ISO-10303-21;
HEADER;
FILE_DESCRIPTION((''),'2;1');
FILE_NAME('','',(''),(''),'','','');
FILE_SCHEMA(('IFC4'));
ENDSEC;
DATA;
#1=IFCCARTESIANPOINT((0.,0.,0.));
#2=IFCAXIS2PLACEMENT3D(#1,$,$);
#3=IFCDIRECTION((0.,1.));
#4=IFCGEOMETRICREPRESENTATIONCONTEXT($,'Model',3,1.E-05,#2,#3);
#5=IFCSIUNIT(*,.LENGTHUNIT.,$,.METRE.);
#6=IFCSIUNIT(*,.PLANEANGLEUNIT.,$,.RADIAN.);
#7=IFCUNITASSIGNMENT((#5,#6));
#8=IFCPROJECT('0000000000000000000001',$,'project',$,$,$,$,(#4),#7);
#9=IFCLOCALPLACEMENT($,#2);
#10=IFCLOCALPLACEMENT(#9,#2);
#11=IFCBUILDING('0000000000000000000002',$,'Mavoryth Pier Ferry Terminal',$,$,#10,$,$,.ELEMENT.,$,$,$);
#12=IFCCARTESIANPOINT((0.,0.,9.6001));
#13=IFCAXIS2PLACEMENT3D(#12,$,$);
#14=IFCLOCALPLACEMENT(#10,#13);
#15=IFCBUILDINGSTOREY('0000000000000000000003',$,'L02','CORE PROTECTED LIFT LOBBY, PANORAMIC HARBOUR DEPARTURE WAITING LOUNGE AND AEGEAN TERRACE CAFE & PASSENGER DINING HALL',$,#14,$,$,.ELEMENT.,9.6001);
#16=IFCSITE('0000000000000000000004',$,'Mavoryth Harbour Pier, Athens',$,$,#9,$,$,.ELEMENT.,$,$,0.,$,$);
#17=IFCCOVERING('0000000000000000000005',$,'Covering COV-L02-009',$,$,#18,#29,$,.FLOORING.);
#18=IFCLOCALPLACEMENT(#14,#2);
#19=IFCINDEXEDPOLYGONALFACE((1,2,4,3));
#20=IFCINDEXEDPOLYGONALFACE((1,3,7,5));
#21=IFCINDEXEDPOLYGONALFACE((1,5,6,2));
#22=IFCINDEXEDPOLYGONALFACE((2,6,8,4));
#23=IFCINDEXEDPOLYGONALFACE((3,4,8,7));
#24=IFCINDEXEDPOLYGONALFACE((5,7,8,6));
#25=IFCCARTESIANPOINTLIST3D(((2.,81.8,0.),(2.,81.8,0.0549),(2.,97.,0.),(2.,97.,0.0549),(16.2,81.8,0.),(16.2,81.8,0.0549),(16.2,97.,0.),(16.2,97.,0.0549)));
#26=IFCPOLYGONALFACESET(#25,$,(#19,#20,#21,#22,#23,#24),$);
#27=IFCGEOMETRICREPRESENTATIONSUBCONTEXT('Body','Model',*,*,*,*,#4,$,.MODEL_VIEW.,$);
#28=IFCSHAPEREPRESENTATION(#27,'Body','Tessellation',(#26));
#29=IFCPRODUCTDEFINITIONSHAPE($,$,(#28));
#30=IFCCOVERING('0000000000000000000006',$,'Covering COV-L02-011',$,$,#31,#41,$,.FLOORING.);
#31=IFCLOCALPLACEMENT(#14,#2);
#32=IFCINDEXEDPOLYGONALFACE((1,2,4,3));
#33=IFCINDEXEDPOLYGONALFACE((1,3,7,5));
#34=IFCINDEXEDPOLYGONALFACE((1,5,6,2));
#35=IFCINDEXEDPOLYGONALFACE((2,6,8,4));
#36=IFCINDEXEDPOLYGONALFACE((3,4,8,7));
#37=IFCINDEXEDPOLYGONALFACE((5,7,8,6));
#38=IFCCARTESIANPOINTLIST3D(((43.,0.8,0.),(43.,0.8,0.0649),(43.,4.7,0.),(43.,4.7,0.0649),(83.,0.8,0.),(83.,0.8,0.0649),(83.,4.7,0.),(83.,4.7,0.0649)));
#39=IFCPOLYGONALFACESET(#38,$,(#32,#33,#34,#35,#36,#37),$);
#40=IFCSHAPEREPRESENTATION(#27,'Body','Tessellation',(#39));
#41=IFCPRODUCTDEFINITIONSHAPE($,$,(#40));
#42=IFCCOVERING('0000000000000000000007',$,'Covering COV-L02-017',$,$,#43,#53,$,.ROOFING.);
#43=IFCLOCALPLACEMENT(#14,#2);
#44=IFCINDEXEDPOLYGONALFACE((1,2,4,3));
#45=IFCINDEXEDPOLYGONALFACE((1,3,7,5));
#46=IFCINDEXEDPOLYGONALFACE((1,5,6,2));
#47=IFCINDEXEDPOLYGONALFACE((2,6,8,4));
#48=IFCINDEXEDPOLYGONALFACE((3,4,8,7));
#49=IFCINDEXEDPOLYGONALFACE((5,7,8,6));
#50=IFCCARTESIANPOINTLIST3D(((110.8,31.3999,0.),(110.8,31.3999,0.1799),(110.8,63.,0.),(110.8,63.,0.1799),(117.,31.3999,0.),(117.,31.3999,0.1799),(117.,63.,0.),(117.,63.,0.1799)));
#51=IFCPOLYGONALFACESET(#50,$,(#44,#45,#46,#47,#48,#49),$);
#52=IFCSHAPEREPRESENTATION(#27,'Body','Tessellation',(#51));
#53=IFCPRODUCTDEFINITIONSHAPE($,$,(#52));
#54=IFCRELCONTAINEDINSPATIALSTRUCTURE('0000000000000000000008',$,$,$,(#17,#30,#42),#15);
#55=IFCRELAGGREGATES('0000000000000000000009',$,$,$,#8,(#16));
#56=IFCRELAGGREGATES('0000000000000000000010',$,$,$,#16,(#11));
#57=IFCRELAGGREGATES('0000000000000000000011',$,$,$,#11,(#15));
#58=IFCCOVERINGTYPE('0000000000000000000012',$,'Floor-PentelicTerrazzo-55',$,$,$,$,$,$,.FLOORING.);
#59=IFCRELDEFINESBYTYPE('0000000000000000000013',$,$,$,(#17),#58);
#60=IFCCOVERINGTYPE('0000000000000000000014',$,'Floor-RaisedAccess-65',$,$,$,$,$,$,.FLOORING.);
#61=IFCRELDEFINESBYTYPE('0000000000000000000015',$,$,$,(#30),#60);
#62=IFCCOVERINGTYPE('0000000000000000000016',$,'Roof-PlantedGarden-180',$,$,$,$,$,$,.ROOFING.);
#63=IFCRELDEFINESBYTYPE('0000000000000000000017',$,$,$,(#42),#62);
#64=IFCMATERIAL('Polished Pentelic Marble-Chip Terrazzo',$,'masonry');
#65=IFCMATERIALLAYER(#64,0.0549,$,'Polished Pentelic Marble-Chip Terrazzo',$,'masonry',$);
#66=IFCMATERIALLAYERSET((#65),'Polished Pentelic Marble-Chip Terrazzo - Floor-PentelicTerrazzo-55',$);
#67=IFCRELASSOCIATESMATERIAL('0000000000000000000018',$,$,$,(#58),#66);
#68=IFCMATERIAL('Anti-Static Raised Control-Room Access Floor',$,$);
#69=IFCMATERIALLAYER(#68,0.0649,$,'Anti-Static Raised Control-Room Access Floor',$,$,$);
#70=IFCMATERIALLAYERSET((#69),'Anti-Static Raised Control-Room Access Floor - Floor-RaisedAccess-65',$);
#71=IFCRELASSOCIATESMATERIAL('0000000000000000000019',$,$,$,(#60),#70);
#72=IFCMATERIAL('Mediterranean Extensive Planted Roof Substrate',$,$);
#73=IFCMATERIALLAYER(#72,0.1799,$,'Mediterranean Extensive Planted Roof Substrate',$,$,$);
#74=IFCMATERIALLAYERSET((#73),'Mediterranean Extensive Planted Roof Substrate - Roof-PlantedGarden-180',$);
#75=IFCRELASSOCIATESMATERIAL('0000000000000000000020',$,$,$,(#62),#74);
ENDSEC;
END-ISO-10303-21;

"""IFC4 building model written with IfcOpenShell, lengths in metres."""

from ifc_helpers import new_model, si_unit, direction, frame, origin, place, context, subcontext, project, spatial, polyline, outline, extrude, material, layer, layer_set, type_object, element, save


model = new_model("IFC4")

# Units and contexts
model_context = context("Model", 3, precision=1e-05, world=origin(), true_north=direction((0.0, 1.0)))
body_context = subcontext(model_context, "Body", "Model", "MODEL_VIEW")
ifc_project = project(units=[si_unit("LENGTHUNIT", "METRE"), si_unit("PLANEANGLEUNIT", "RADIAN")], contexts=[model_context])

# Site, building, storey
site_placement = place(None, origin())
site = spatial("IfcSite", under=ifc_project, at=site_placement, Name="Mavoryth Harbour Pier, Athens", CompositionType="ELEMENT", RefElevation=0.0)
building_placement = place(site_placement, origin())
building = spatial("IfcBuilding", under=site, at=building_placement, Name="Mavoryth Pier Ferry Terminal", CompositionType="ELEMENT")
storey_placement = place(building_placement, frame((0.0, 0.0, 9.6001)))
storey = spatial("IfcBuildingStorey", under=building, at=storey_placement, Name="L02", Description="CORE PROTECTED LIFT LOBBY, PANORAMIC HARBOUR DEPARTURE WAITING LOUNGE AND AEGEAN TERRACE CAFE & PASSENGER DINING HALL", CompositionType="ELEMENT", Elevation=9.6001)

# Coverings
ifc_material_1 = material(Name="Polished Pentelic Marble-Chip Terrazzo", Category="masonry")
ifc_layer_1 = layer(ifc_material_1, 0.0549, Name="Polished Pentelic Marble-Chip Terrazzo", Category="masonry")
ifc_layer_set_1 = layer_set([ifc_layer_1], Name="Polished Pentelic Marble-Chip Terrazzo - Floor-PentelicTerrazzo-55")
covering_type_1 = type_object("IfcCoveringType", Name="Floor-PentelicTerrazzo-55", PredefinedType="FLOORING", material=ifc_layer_set_1)
covering_1_placement = place(storey_placement, origin())
element("IfcCovering", 1, at=covering_1_placement, inside=storey, type_object=covering_type_1, Name="Covering COV-L02-009", PredefinedType="FLOORING", context=body_context, shape_type="SweptSolid", body=[
    extrude(outline(polyline([(2.0, 81.8), (16.2, 81.8), (16.2, 97.0), (2.0, 97.0), (2.0, 81.8)])), origin(), (0.0, 0.0, 1.0), 0.0549),
])
ifc_material_2 = material(Name="Anti-Static Raised Control-Room Access Floor")
ifc_layer_2 = layer(ifc_material_2, 0.0649, Name="Anti-Static Raised Control-Room Access Floor")
ifc_layer_set_2 = layer_set([ifc_layer_2], Name="Anti-Static Raised Control-Room Access Floor - Floor-RaisedAccess-65")
covering_type_2 = type_object("IfcCoveringType", Name="Floor-RaisedAccess-65", PredefinedType="FLOORING", material=ifc_layer_set_2)
covering_2_placement = place(storey_placement, origin())
element("IfcCovering", 2, at=covering_2_placement, inside=storey, type_object=covering_type_2, Name="Covering COV-L02-011", PredefinedType="FLOORING", context=body_context, shape_type="SweptSolid", body=[
    extrude(outline(polyline([(43.0, 0.8), (83.0, 0.8), (83.0, 4.7), (43.0, 4.7), (43.0, 0.8)])), origin(), (0.0, 0.0, 1.0), 0.0649),
])
ifc_material_3 = material(Name="Mediterranean Extensive Planted Roof Substrate")
ifc_layer_3 = layer(ifc_material_3, 0.1799, Name="Mediterranean Extensive Planted Roof Substrate")
ifc_layer_set_3 = layer_set([ifc_layer_3], Name="Mediterranean Extensive Planted Roof Substrate - Roof-PlantedGarden-180")
covering_type_3 = type_object("IfcCoveringType", Name="Roof-PlantedGarden-180", PredefinedType="ROOFING", material=ifc_layer_set_3)
covering_3_placement = place(storey_placement, origin())
element("IfcCovering", 3, at=covering_3_placement, inside=storey, type_object=covering_type_3, Name="Covering COV-L02-017", PredefinedType="ROOFING", context=body_context, shape_type="SweptSolid", body=[
    extrude(outline(polyline([(110.8, 31.3999), (117.0, 31.3999), (117.0, 63.0), (110.8, 63.0), (110.8, 31.3999)])), origin(), (0.0, 0.0, 1.0), 0.1799),
])

save(model, "model.ifc")
